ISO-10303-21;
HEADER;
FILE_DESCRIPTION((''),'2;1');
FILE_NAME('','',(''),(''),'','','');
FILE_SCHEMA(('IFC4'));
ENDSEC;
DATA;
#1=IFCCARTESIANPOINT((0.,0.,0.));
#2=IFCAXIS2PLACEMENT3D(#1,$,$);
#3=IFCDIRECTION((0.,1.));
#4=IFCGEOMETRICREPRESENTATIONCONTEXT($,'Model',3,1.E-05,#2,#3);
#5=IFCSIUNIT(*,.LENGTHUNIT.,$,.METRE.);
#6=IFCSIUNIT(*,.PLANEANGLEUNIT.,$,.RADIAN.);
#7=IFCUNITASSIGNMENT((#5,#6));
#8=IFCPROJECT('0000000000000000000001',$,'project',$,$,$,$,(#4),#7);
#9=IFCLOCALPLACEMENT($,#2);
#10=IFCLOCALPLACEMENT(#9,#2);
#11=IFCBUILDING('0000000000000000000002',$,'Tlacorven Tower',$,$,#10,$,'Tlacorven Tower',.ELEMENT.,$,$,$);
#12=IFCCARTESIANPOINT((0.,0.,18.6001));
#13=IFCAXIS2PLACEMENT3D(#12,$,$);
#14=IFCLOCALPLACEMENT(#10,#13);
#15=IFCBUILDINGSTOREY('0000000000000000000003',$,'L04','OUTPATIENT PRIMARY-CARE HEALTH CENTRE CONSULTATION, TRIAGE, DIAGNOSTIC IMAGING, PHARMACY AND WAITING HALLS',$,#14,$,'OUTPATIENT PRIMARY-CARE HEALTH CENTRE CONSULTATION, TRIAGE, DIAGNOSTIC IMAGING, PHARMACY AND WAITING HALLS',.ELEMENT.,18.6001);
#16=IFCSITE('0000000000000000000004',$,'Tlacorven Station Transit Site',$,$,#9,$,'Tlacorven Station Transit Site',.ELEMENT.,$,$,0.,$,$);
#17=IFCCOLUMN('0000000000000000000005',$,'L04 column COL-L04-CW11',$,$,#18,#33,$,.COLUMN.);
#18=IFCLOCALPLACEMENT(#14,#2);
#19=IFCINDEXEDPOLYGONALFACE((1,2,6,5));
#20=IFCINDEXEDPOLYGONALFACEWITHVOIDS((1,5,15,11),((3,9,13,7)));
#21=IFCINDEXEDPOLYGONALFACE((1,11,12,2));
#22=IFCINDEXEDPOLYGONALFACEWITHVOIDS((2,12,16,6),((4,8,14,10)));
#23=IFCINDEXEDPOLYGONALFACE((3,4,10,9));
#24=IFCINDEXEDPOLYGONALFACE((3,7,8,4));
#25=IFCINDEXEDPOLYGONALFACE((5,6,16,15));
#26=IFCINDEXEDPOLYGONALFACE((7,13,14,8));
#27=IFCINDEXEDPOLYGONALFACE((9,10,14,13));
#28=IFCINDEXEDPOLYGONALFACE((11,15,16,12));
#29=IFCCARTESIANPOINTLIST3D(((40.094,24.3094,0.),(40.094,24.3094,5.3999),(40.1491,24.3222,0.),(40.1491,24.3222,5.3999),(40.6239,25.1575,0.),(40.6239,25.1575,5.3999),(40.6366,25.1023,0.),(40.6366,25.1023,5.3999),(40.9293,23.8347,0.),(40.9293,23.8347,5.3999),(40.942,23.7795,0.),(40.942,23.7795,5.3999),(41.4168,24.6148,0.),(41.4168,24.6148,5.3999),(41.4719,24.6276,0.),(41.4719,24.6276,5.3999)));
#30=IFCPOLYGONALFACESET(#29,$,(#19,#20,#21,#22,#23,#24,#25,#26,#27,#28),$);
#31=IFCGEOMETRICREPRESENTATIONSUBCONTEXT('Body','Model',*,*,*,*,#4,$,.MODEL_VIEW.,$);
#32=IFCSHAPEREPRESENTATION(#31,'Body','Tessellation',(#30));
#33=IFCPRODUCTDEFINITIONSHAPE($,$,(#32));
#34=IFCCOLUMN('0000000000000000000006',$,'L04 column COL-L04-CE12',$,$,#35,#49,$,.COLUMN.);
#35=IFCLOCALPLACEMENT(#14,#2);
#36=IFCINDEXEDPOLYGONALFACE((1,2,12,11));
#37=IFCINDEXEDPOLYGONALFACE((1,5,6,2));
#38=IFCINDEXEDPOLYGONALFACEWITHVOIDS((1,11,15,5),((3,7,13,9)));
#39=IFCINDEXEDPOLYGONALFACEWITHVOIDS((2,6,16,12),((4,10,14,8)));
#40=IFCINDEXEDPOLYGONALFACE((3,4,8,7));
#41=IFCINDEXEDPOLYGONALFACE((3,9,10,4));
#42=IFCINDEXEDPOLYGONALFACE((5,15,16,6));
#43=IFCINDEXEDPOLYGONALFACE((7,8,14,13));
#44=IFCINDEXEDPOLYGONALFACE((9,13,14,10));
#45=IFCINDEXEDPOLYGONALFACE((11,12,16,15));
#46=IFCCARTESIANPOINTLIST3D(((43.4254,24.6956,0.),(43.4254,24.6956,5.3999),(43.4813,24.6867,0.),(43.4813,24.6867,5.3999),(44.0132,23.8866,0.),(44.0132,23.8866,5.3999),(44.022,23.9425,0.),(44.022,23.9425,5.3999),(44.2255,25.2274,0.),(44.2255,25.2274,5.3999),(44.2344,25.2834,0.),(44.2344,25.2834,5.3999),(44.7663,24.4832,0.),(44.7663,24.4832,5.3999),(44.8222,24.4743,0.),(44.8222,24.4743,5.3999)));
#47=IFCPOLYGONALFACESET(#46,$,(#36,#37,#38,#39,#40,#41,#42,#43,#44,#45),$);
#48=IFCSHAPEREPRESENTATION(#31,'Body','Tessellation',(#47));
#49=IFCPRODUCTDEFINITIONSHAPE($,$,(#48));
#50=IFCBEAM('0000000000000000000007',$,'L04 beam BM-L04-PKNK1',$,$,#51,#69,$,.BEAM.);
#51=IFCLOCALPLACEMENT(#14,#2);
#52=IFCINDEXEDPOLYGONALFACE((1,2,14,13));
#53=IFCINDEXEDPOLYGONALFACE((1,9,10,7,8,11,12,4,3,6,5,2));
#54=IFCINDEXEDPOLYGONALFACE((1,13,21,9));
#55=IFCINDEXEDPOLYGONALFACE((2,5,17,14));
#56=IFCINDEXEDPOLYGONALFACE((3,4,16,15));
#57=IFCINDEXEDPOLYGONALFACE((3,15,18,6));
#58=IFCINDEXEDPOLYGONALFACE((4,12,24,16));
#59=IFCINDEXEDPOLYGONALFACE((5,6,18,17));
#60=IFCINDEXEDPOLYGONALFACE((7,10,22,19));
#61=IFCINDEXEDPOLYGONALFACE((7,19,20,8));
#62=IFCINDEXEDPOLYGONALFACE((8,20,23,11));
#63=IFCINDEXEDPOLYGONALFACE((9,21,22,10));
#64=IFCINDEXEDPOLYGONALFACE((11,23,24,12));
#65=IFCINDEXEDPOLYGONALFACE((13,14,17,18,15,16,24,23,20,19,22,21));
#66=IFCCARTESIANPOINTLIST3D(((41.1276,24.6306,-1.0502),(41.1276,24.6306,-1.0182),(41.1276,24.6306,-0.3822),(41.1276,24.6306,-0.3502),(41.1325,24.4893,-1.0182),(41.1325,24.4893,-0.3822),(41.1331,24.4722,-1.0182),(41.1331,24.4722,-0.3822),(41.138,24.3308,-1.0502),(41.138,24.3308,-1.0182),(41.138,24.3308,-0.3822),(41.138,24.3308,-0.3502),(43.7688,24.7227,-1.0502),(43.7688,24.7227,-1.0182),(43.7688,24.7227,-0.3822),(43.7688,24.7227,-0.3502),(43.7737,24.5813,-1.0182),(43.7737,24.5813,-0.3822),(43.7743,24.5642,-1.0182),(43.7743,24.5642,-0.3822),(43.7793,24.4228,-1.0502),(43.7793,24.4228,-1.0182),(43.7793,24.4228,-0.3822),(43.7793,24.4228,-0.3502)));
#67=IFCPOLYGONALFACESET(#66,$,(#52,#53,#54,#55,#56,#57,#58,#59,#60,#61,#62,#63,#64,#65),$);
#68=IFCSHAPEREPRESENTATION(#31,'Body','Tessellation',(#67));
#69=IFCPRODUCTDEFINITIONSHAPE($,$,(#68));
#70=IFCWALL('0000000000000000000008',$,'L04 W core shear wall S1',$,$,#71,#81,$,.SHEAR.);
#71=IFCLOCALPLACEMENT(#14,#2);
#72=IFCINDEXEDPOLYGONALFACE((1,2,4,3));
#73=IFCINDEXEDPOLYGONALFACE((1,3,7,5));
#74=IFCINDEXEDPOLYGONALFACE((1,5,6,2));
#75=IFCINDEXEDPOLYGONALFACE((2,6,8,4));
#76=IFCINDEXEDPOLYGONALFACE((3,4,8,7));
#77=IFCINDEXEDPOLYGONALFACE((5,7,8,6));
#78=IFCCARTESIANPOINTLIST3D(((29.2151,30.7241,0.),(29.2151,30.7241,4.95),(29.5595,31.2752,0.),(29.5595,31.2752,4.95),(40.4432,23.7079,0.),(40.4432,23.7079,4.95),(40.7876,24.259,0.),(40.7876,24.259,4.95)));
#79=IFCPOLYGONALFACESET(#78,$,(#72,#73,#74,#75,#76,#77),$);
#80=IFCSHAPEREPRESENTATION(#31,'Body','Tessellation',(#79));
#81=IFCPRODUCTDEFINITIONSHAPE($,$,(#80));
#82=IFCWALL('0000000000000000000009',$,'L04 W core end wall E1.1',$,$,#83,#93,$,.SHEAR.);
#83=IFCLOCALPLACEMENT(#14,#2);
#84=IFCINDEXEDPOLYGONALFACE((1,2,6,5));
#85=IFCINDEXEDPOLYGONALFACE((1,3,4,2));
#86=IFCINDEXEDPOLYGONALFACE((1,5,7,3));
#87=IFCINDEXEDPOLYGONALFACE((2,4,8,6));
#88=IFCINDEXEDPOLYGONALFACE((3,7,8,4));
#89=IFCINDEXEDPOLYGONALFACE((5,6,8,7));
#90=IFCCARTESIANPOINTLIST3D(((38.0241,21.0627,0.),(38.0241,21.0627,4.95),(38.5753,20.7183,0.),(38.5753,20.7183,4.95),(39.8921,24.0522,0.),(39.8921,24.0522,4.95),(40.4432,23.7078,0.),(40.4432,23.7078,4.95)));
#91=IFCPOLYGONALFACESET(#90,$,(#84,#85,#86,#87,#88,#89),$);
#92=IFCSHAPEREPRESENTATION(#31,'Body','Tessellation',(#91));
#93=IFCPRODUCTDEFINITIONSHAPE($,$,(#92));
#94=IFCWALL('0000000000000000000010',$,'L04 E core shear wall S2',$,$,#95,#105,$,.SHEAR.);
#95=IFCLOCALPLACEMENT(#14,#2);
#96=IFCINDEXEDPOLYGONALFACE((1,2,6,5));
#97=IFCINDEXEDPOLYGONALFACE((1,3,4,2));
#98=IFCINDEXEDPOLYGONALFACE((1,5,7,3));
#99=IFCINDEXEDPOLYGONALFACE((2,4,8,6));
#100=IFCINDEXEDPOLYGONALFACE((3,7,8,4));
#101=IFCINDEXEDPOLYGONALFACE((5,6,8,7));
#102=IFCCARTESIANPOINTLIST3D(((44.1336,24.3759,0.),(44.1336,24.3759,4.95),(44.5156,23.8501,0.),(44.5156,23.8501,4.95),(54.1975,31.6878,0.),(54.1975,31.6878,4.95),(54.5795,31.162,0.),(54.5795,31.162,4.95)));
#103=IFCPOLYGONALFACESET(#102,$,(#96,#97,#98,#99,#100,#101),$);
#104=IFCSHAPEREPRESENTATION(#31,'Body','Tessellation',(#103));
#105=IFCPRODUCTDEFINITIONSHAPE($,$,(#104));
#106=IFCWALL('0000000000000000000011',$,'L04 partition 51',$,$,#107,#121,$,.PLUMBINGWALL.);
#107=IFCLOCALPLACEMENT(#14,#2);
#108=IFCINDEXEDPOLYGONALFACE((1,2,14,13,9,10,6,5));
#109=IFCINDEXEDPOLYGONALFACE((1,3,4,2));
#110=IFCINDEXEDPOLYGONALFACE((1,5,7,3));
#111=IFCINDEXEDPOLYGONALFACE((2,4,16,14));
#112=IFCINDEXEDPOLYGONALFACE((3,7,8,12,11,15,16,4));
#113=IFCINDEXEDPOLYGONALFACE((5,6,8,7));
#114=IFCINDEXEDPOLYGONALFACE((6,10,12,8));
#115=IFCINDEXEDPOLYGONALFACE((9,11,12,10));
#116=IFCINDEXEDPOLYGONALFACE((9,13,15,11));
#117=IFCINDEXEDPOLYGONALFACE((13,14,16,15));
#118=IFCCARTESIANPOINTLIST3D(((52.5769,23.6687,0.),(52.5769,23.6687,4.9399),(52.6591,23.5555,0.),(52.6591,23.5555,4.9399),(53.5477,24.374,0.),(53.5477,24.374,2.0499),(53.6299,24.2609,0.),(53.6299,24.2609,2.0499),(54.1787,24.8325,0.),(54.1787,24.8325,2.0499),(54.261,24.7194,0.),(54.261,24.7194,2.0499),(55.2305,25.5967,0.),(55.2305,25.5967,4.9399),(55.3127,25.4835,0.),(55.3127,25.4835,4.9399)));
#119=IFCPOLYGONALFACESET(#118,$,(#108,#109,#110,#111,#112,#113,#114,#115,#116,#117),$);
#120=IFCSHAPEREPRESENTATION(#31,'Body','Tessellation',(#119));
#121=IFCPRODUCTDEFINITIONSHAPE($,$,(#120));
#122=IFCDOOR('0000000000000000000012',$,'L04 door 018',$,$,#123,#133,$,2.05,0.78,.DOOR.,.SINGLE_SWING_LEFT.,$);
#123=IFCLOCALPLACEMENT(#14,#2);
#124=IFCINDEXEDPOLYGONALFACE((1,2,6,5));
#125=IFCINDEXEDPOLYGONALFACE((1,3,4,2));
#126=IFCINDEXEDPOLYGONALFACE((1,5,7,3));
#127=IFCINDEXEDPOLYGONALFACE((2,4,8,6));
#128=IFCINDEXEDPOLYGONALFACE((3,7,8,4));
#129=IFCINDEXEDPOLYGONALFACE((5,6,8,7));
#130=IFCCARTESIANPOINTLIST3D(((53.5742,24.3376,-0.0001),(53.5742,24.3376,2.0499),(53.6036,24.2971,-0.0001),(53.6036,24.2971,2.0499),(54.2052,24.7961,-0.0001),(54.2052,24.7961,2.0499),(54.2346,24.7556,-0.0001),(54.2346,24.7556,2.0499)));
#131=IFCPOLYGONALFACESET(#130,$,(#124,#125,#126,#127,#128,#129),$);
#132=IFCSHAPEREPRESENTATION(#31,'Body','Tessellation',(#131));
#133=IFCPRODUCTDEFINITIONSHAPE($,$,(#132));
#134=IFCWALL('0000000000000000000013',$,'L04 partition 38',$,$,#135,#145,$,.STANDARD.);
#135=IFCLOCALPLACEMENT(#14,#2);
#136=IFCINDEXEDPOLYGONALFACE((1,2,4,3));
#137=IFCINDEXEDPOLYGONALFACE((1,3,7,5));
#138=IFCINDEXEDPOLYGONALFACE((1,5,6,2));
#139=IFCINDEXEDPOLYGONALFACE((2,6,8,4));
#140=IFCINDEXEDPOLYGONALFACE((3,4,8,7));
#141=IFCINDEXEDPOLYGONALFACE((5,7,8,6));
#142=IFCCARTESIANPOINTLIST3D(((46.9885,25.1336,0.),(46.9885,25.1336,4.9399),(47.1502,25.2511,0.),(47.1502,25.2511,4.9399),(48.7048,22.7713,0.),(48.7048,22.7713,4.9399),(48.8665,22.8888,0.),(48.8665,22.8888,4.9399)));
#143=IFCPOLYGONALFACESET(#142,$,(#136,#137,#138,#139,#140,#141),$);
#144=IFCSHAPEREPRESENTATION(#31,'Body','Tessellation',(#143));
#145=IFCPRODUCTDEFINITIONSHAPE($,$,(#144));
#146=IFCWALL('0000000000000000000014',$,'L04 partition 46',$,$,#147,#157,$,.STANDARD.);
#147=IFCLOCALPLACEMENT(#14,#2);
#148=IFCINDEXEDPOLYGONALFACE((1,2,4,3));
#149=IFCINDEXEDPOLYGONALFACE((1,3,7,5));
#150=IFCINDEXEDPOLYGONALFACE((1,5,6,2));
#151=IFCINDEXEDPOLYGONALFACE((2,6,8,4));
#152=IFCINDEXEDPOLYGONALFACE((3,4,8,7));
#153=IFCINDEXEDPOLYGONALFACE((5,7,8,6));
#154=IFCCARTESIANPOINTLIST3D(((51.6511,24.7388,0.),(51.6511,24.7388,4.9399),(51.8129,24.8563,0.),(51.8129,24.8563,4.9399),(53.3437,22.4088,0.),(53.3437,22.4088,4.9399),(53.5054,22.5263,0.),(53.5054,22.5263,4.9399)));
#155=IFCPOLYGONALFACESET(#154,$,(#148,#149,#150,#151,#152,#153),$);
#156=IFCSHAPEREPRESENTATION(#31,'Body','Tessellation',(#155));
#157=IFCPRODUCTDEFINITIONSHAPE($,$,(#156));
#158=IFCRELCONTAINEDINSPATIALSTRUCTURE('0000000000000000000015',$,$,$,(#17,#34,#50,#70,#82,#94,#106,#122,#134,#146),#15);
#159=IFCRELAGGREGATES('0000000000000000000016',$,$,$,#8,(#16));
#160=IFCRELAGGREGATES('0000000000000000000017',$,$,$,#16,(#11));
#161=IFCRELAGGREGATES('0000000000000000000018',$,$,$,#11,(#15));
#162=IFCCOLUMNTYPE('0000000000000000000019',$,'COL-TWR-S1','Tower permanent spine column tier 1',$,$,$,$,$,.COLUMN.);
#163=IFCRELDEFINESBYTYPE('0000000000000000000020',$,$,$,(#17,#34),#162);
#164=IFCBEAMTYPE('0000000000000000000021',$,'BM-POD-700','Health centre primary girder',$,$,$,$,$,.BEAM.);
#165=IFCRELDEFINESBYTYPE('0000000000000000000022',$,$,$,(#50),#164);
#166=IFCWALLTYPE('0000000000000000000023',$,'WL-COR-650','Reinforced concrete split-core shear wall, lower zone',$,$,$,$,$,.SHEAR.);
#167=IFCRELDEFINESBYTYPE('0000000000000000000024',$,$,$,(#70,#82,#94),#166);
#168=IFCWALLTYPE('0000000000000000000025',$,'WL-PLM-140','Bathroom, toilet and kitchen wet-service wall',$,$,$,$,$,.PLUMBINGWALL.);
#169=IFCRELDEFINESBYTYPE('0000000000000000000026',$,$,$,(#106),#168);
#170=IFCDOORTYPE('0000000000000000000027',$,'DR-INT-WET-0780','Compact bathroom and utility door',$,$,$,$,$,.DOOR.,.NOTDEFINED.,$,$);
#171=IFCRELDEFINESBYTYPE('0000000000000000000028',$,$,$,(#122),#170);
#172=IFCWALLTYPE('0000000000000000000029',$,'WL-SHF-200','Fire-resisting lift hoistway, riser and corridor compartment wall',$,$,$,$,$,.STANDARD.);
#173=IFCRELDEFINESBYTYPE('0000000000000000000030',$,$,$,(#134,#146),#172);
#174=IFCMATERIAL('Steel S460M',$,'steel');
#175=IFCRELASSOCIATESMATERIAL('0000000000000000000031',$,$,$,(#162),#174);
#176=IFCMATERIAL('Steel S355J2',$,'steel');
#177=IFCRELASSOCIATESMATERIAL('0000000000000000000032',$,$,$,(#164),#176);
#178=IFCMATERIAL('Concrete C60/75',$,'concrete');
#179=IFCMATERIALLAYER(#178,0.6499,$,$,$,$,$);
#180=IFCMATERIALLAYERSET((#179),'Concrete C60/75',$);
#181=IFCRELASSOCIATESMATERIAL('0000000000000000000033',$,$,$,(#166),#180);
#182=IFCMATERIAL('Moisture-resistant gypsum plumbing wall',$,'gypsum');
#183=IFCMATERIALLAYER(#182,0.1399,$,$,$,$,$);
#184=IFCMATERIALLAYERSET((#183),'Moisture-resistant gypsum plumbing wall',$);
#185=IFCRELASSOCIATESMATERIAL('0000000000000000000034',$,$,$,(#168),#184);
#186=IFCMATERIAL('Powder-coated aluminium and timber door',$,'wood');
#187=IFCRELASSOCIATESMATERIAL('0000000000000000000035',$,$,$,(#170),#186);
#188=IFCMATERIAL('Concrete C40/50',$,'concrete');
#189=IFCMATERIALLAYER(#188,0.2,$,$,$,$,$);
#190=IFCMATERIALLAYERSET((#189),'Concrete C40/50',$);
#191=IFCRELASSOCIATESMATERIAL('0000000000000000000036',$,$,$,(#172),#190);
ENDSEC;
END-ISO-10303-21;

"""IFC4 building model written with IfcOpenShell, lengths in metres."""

from ifc_helpers import new_model, si_unit, direction, frame, frame_2d, origin, origin_2d, place, context, subcontext, project, spatial, rectangle, hollow_rectangle, i_section, extrude, source, transform, mapped, material, layer, layer_set, material_profile, profile_set, type_object, element, fill, save


model = new_model("IFC4")

# Units and contexts
model_context = context("Model", 3, precision=1e-05, world=origin(), true_north=direction((0.0, 1.0)))
body_context = subcontext(model_context, "Body", "Model", "MODEL_VIEW")
ifc_project = project(units=[si_unit("LENGTHUNIT", "METRE"), si_unit("PLANEANGLEUNIT", "RADIAN")], contexts=[model_context])

# Site, building, storey
site_placement = place(None, origin())
site = spatial("IfcSite", under=ifc_project, at=site_placement, Name="Tlacorven Station Transit Site", LongName="Tlacorven Station Transit Site", CompositionType="ELEMENT", RefElevation=0.0)
building_placement = place(site_placement, origin())
building = spatial("IfcBuilding", under=site, at=building_placement, Name="Tlacorven Tower", LongName="Tlacorven Tower", CompositionType="ELEMENT")
storey_placement = place(building_placement, frame((0.0, 0.0, 18.6001)))
storey = spatial("IfcBuildingStorey", under=building, at=storey_placement, Name="L04", Description="OUTPATIENT PRIMARY-CARE HEALTH CENTRE CONSULTATION, TRIAGE, DIAGNOSTIC IMAGING, PHARMACY AND WAITING HALLS", LongName="OUTPATIENT PRIMARY-CARE HEALTH CENTRE CONSULTATION, TRIAGE, DIAGNOSTIC IMAGING, PHARMACY AND WAITING HALLS", CompositionType="ELEMENT", Elevation=18.6001)

# Columns
ifc_material_1 = material(Name="Steel S460M", Category="steel")
ifc_material_profile_1 = material_profile(ifc_material_1, hollow_rectangle(XDim=1.0, YDim=1.0, WallThickness=0.04, at=origin_2d()), Name="BOX 1000X1000X40")
ifc_profile_set_1 = profile_set([ifc_material_profile_1], Name="Steel S460M")
column_type = type_object("IfcColumnType", Name="COL-TWR-S1", Description="Tower permanent spine column tier 1", PredefinedType="COLUMN", material=ifc_profile_set_1)
shared_shape_1 = source(origin(), body_context, "Body", "SweptSolid", [
    extrude(hollow_rectangle(XDim=1.0, YDim=1.0, WallThickness=0.04, at=origin_2d()), origin(), (0.0, 0.0, 1.0), 5.3999),
])
for number, where, z_axis, x_axis, name in (
    (1, (40.783, 24.4685, 0.0), (0.0, 0.0, 1.0), (-0.848048, 0.529919, 0.0), "L04 column COL-L04-CW11"),
    (2, (44.1238, 24.585, 0.0), (0.0, 0.0, 1.0), (0.809017, 0.587785, 0.0), "L04 column COL-L04-CE12"),
):
    element("IfcColumn", number, at=place(storey_placement, frame(where, z_axis=z_axis, x_axis=x_axis)), inside=storey, type_object=column_type, Name=name, PredefinedType="COLUMN", context=body_context, shape_type="MappedRepresentation", body=[
        mapped(shared_shape_1, transform((0.0, 0.0, 0.0), scale=1.0)),
    ])

# Beam
ifc_material_2 = material(Name="Steel S355J2", Category="steel")
ifc_material_profile_2 = material_profile(ifc_material_2, i_section(OverallWidth=0.3, OverallDepth=0.7, WebThickness=0.0171, FlangeThickness=0.032, at=origin_2d()), Name="HEB 700")
ifc_profile_set_2 = profile_set([ifc_material_profile_2], Name="Steel S355J2")
beam_type = type_object("IfcBeamType", Name="BM-POD-700", Description="Health centre primary girder", PredefinedType="BEAM", material=ifc_profile_set_2)
shared_shape_2 = source(origin(), body_context, "Body", "SweptSolid", [
    extrude(i_section(OverallWidth=0.3, OverallDepth=0.7, WebThickness=0.0171, FlangeThickness=0.032, at=origin_2d()), origin(), (0.0, 0.0, 1.0), 2.6428),
])
beam_placement = place(storey_placement, frame((41.1328, 24.4807, -0.7002), z_axis=(0.999393, 0.034828, 0.0), x_axis=(-0.034828, 0.999393, 0.0)))
element("IfcBeam", 3, at=beam_placement, inside=storey, type_object=beam_type, Name="L04 beam BM-L04-PKNK1", PredefinedType="BEAM", context=body_context, shape_type="MappedRepresentation", body=[
    mapped(shared_shape_2, transform((0.0, 0.0, 0.0), scale=1.0)),
])

# Walls
ifc_material_3 = material(Name="Concrete C60/75", Category="concrete")
ifc_layer_1 = layer(ifc_material_3, 0.6499)
ifc_layer_set_1 = layer_set([ifc_layer_1], Name="Concrete C60/75")
wall_type_1 = type_object("IfcWallType", Name="WL-COR-650", Description="Reinforced concrete split-core shear wall, lower zone", PredefinedType="SHEAR", material=ifc_layer_set_1)
wall_1_placement = place(storey_placement, frame((40.6155, 23.9834, 0.0), z_axis=(0.0, 0.0, 1.0), x_axis=(-0.848046, 0.529923, 0.0)))
element("IfcWall", 4, at=wall_1_placement, inside=storey, type_object=wall_type_1, Name="L04 W core shear wall S1", PredefinedType="SHEAR", context=body_context, shape_type="SweptSolid", body=[
    extrude(rectangle(XDim=13.24, YDim=0.6499, at=frame_2d((6.6201, 0.0))), origin(), (0.0, 0.0, 1.0), 4.95),
])
wall_2_placement = place(storey_placement, frame((40.1677, 23.8801, 0.0), z_axis=(0.0, 0.0, 1.0), x_axis=(-0.529893, -0.848064, 0.0)))
element("IfcWall", 5, at=wall_2_placement, inside=storey, type_object=wall_type_1, Name="L04 W core end wall E1.1", PredefinedType="SHEAR", context=body_context, shape_type="SweptSolid", body=[
    extrude(rectangle(XDim=3.5251, YDim=0.6499, at=frame_2d((1.7627, 0.0))), origin(), (0.0, 0.0, 1.0), 4.95),
])
wall_3_placement = place(storey_placement, frame((44.3247, 24.113, 0.0), z_axis=(0.0, 0.0, 1.0), x_axis=(0.809013, 0.587791, 0.0)))
element("IfcWall", 6, at=wall_3_placement, inside=storey, type_object=wall_type_1, Name="L04 E core shear wall S2", PredefinedType="SHEAR", context=body_context, shape_type="SweptSolid", body=[
    extrude(rectangle(XDim=12.4397, YDim=0.6499, at=frame_2d((6.2197, 0.0))), origin(), (0.0, 0.0, 1.0), 4.95),
])

# Wall, opening, door
ifc_material_4 = material(Name="Moisture-resistant gypsum plumbing wall", Category="gypsum")
ifc_layer_2 = layer(ifc_material_4, 0.1399)
ifc_layer_set_2 = layer_set([ifc_layer_2], Name="Moisture-resistant gypsum plumbing wall")
wall_type_2 = type_object("IfcWallType", Name="WL-PLM-140", Description="Bathroom, toilet and kitchen wet-service wall", PredefinedType="PLUMBINGWALL", material=ifc_layer_set_2)
wall_4_placement = place(storey_placement, frame((52.6179, 23.6121, 0.0), z_axis=(0.0, 0.0, 1.0), x_axis=(0.80901, 0.587795, 0.0)))
wall_4 = element("IfcWall", 7, at=wall_4_placement, inside=storey, type_object=wall_type_2, Name="L04 partition 51", PredefinedType="PLUMBINGWALL", context=body_context, shape_type="SweptSolid", body=[
    extrude(rectangle(XDim=3.28, YDim=0.1399, at=frame_2d((1.6401, 0.0))), origin(), (0.0, 0.0, 1.0), 4.9399),
])
opening_1_placement = place(wall_4_placement, frame((1.2, 0.0, 0.0)))
opening_1 = element("IfcOpeningElement", 8, at=opening_1_placement, cuts=wall_4, PredefinedType="OPENING", context=body_context, shape_type="SweptSolid", body=[
    extrude(rectangle(XDim=0.78, YDim=2.05, at=frame_2d((0.3901, 1.0249))), frame((0.0, 0.0801, 0.0), z_axis=(0.0, -1.0, 0.0), x_axis=(1.0, 0.0, 0.0)), (0.0, 0.0, 1.0), 0.1599),
])
ifc_material_5 = material(Name="Powder-coated aluminium and timber door", Category="wood")
door_type_1 = type_object("IfcDoorType", Name="DR-INT-WET-0780", Description="Compact bathroom and utility door", OperationType="NOTDEFINED", PredefinedType="DOOR", material=ifc_material_5)
shared_shape_3 = source(origin(), body_context, "Body", "SweptSolid", [
    extrude(rectangle(XDim=0.78, YDim=2.05, at=frame_2d((0.3901, 1.0249))), frame((0.0, 0.0249, 0.0), z_axis=(0.0, -1.0, 0.0), x_axis=(1.0, 0.0, 0.0)), (0.0, 0.0, 1.0), 0.05),
])
door_1_placement = place(opening_1_placement, origin())
door_1 = element("IfcDoor", 9, at=door_1_placement, inside=storey, type_object=door_type_1, Name="L04 door 018", OperationType="SINGLE_SWING_LEFT", OverallHeight=2.05, OverallWidth=0.78, PredefinedType="DOOR", context=body_context, shape_type="MappedRepresentation", body=[
    mapped(shared_shape_3, transform((0.0, 0.0, 0.0), scale=1.0)),
])
fill(opening_1, door_1)

# Walls
ifc_material_6 = material(Name="Concrete C40/50", Category="concrete")
ifc_layer_3 = layer(ifc_material_6, 0.2)
ifc_layer_set_3 = layer_set([ifc_layer_3], Name="Concrete C40/50")
wall_type_3 = type_object("IfcWallType", Name="WL-SHF-200", Description="Fire-resisting lift hoistway, riser and corridor compartment wall", PredefinedType="STANDARD", material=ifc_layer_set_3)
wall_5_placement = place(storey_placement, frame((48.7856, 22.8301, 0.0), z_axis=(0.0, 0.0, 1.0), x_axis=(-0.587784, 0.809018, 0.0)))
element("IfcWall", 10, at=wall_5_placement, inside=storey, type_object=wall_type_3, Name="L04 partition 38", PredefinedType="STANDARD", context=body_context, shape_type="SweptSolid", body=[
    extrude(rectangle(XDim=2.9199, YDim=0.2, at=frame_2d((1.46, 0.0))), origin(), (0.0, 0.0, 1.0), 4.9399),
])
wall_6_placement = place(storey_placement, frame((53.4246, 22.4675, 0.0), z_axis=(0.0, 0.0, 1.0), x_axis=(-0.587723, 0.809062, 0.0)))
element("IfcWall", 11, at=wall_6_placement, inside=storey, type_object=wall_type_3, Name="L04 partition 46", PredefinedType="STANDARD", context=body_context, shape_type="SweptSolid", body=[
    extrude(rectangle(XDim=2.8799, YDim=0.2, at=frame_2d((1.4399, 0.0))), origin(), (0.0, 0.0, 1.0), 4.9399),
])

save(model, "model.ifc")
